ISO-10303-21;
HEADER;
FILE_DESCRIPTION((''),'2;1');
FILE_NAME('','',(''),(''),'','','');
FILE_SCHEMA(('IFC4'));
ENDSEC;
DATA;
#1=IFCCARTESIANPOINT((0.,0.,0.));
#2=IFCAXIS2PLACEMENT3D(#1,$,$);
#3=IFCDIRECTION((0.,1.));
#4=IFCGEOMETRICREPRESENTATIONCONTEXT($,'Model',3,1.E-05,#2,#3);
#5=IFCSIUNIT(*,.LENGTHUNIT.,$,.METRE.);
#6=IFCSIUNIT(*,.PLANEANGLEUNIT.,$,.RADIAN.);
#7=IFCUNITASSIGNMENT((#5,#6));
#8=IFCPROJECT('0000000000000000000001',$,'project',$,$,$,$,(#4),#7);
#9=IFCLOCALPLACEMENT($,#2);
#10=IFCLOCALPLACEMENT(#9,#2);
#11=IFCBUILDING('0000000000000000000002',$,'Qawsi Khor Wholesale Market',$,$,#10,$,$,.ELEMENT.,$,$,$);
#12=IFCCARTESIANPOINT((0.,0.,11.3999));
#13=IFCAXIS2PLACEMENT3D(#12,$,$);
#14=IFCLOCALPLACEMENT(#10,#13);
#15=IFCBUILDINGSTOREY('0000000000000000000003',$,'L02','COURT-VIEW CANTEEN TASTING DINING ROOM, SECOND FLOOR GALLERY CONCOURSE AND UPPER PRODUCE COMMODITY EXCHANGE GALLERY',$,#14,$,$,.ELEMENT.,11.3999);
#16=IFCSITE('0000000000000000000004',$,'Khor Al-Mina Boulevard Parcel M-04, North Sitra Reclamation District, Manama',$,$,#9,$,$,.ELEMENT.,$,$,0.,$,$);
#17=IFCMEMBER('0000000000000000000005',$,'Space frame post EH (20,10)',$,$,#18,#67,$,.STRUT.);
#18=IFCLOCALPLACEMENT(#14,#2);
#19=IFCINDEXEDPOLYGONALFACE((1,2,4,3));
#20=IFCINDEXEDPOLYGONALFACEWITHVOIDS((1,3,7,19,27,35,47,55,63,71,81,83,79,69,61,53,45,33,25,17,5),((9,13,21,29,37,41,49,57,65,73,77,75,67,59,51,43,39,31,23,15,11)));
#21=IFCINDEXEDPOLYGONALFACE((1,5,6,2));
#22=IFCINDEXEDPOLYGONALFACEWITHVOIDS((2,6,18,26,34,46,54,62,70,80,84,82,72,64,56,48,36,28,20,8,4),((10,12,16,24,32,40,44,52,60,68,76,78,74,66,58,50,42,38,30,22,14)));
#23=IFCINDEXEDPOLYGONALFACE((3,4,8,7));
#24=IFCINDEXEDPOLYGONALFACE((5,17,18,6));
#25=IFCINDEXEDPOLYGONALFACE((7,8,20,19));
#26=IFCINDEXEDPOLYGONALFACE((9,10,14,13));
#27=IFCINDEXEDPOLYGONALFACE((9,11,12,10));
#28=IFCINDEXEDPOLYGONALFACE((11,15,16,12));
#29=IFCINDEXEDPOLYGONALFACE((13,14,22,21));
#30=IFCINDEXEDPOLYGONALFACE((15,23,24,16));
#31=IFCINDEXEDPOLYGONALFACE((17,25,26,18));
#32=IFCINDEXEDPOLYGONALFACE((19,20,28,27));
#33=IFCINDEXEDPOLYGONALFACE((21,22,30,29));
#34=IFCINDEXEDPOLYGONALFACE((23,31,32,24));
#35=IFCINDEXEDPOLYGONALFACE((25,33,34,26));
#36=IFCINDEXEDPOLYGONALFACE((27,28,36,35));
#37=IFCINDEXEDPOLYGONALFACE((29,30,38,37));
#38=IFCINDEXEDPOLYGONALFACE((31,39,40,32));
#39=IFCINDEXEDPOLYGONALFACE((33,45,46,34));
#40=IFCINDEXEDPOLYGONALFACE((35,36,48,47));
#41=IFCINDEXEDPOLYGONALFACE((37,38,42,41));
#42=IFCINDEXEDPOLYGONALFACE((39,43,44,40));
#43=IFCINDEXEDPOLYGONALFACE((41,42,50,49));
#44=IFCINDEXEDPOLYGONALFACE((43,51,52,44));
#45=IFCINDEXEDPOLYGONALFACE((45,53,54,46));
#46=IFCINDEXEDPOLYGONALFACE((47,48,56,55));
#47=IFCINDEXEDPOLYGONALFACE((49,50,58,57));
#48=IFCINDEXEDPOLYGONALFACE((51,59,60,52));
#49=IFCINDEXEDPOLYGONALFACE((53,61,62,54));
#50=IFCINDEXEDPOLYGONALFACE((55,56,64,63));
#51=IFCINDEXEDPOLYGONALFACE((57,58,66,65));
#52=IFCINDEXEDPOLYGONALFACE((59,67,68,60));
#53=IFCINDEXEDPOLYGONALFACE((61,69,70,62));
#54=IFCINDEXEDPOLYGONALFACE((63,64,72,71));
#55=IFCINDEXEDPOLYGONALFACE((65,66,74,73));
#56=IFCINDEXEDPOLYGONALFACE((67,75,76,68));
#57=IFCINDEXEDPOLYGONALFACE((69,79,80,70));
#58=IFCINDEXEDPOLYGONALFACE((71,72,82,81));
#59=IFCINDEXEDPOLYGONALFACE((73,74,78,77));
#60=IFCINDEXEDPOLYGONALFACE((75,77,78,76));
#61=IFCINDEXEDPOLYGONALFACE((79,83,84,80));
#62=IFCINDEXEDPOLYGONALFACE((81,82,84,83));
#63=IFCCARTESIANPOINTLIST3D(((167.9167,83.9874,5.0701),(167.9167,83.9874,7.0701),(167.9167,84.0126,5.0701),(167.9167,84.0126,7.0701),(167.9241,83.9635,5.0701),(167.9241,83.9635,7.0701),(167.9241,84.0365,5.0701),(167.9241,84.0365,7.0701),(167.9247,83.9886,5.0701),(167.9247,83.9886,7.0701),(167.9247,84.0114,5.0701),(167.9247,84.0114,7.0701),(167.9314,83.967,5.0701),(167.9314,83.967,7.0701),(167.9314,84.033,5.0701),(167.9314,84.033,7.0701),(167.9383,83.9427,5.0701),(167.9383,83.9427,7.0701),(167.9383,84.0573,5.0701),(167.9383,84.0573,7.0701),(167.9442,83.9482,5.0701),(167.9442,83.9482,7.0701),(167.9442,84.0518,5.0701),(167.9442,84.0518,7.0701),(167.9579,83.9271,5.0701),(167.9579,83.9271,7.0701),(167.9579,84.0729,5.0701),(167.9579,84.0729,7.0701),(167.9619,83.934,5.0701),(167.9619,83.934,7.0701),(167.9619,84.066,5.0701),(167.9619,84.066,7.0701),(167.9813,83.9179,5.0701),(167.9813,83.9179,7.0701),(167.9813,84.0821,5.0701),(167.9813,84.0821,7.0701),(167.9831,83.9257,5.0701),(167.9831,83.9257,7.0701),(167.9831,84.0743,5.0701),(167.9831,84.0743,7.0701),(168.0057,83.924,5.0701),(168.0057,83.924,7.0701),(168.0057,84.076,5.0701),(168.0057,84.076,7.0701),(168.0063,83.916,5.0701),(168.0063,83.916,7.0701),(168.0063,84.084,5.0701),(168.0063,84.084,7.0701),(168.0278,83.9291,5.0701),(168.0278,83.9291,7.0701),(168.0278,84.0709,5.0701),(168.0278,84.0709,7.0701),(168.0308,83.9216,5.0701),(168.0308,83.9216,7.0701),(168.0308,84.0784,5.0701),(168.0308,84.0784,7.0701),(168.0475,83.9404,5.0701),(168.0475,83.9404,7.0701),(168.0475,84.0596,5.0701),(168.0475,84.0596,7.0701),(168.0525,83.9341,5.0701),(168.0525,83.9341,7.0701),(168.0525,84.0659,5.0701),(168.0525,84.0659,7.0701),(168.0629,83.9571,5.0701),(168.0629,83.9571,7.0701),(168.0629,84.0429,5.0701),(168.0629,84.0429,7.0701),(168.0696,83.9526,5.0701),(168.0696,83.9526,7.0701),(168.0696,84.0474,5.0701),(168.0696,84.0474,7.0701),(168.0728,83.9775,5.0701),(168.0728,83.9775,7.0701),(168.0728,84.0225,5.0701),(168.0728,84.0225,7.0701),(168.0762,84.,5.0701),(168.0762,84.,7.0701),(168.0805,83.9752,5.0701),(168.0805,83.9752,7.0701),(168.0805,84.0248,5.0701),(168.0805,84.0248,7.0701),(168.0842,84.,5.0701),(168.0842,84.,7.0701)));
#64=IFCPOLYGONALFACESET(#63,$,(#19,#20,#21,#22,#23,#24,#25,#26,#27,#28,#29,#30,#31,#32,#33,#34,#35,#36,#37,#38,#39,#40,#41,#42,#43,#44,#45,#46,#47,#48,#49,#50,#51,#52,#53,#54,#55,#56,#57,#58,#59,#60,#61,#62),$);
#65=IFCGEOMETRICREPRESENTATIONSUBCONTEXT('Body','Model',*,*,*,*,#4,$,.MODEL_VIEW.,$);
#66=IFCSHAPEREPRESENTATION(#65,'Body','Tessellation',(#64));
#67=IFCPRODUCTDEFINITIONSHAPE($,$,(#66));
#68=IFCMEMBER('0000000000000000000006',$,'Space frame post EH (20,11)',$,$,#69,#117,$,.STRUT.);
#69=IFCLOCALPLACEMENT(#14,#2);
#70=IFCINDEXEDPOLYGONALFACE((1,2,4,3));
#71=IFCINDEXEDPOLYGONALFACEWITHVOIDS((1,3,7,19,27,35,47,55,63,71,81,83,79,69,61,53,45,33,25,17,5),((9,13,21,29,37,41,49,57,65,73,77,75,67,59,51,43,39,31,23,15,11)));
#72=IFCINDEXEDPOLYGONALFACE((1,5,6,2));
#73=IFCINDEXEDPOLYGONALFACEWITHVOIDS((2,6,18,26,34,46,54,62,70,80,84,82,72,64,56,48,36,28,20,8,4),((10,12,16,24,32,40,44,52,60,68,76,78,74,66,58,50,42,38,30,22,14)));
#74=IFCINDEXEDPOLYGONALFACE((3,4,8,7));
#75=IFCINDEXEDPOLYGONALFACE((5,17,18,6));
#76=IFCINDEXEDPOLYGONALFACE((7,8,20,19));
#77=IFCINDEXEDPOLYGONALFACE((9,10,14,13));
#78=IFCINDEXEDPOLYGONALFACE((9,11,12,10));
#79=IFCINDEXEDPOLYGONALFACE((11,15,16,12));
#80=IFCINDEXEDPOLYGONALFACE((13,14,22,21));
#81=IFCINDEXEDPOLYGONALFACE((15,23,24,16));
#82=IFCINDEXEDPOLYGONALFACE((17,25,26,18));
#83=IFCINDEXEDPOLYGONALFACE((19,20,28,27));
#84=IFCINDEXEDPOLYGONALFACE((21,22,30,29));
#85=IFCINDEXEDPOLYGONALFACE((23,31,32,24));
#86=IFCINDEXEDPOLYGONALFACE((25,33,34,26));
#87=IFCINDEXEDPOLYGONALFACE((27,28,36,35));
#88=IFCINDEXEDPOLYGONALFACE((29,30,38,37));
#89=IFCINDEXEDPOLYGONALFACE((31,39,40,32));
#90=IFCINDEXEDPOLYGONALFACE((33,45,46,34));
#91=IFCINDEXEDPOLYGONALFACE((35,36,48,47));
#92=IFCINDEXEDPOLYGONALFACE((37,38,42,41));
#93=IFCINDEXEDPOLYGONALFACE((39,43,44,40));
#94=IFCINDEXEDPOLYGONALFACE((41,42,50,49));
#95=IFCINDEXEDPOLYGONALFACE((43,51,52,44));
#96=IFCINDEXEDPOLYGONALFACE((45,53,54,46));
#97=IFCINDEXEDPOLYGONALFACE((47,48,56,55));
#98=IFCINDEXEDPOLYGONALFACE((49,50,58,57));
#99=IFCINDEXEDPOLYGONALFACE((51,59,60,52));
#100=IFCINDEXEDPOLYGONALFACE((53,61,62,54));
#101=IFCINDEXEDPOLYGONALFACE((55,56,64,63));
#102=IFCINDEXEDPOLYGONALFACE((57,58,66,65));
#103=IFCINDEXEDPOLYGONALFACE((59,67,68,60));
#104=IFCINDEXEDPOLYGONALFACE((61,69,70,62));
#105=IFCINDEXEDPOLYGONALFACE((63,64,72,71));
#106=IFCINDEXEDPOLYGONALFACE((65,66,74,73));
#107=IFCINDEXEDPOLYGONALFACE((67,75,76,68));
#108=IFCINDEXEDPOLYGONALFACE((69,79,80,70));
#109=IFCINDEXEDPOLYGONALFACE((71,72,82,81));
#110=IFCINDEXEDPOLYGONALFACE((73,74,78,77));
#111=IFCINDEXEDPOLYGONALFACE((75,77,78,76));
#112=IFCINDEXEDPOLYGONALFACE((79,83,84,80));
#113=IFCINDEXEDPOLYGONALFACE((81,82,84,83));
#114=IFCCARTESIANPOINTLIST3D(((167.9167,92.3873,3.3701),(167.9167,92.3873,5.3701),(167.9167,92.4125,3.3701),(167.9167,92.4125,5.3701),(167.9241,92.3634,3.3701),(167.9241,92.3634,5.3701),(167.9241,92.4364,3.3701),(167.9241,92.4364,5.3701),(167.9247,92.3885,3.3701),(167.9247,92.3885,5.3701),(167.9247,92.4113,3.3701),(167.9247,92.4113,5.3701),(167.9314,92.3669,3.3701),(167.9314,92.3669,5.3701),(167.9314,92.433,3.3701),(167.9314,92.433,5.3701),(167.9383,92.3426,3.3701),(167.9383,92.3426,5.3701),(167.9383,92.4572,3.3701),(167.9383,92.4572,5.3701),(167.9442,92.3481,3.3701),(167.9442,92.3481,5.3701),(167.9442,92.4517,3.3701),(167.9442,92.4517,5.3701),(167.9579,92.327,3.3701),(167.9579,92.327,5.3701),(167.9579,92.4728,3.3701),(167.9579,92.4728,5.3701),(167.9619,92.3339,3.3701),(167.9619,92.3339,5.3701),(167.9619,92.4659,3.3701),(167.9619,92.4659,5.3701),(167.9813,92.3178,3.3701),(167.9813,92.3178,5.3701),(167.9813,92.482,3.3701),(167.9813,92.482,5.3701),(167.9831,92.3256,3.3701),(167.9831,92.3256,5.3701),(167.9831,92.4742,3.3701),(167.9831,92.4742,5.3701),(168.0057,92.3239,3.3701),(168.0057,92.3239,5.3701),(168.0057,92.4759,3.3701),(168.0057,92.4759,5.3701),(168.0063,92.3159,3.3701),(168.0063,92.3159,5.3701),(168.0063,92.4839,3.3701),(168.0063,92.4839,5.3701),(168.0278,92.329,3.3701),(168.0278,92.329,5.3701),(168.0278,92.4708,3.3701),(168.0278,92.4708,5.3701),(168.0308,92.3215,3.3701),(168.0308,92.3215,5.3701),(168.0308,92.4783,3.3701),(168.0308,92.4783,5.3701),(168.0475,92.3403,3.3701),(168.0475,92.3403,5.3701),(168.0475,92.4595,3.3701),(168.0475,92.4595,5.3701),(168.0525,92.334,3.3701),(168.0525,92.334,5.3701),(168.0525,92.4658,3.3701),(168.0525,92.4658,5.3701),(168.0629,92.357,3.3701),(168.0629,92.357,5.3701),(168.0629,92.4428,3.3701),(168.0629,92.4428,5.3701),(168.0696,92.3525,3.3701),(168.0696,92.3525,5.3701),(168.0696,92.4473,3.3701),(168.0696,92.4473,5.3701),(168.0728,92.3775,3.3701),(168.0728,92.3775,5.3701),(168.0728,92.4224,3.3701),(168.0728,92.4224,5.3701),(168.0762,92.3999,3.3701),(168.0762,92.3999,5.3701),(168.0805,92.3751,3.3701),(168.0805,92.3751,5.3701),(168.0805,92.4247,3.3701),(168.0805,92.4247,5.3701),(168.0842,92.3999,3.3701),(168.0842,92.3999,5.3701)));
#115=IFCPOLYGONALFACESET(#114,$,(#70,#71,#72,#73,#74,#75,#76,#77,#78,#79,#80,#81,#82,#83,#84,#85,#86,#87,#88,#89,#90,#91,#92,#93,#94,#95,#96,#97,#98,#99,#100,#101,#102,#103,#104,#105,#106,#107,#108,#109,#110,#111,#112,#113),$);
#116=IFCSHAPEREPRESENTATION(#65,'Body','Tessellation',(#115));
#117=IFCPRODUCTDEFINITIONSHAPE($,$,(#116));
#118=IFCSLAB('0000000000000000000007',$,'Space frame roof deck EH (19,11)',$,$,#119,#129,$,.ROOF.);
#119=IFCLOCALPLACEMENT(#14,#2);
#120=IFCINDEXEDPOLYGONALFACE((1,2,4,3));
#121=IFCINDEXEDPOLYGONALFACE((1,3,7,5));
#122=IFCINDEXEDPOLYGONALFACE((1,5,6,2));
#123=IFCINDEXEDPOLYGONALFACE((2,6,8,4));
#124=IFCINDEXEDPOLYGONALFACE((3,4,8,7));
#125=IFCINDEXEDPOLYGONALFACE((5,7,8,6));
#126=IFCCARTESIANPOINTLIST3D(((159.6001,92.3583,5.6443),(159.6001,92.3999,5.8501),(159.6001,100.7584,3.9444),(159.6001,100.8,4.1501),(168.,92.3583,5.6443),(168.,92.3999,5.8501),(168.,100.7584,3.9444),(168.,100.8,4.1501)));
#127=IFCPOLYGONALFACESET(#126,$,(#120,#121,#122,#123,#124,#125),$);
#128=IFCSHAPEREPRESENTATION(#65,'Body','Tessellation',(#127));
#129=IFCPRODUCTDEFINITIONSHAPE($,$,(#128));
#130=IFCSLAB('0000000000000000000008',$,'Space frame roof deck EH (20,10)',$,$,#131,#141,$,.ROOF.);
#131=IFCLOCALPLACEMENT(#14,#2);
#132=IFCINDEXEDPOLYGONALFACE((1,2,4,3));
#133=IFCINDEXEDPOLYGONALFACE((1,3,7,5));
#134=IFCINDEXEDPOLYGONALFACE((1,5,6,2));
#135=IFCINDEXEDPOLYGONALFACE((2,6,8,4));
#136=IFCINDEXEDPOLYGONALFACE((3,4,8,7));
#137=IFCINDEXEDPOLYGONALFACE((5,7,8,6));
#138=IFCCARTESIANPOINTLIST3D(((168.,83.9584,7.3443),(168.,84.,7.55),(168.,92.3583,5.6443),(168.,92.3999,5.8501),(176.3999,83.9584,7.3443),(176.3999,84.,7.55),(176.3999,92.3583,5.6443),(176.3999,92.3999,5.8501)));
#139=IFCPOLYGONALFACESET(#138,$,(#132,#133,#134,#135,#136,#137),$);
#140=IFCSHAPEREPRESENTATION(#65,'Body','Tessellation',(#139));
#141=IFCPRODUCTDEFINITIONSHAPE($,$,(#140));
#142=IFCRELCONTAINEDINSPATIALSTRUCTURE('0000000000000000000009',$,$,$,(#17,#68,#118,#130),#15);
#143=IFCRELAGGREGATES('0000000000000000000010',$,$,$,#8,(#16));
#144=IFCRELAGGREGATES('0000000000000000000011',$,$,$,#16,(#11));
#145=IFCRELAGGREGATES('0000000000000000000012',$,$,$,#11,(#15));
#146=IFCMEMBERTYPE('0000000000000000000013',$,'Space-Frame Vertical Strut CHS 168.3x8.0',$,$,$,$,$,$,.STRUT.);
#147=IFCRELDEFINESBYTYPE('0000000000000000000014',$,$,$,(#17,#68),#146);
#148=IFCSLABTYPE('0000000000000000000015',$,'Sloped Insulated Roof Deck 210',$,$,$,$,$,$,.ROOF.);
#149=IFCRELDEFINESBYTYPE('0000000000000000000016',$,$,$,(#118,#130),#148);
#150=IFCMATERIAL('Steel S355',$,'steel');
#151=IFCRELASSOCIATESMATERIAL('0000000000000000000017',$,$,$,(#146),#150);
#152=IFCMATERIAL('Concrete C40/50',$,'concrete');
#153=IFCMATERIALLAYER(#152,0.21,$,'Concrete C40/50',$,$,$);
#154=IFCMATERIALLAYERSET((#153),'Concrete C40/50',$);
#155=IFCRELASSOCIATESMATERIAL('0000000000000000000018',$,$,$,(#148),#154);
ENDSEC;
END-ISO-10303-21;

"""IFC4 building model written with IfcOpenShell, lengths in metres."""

from ifc_helpers import new_model, si_unit, direction, frame, origin, origin_2d, place, context, subcontext, project, spatial, polyline, hollow_circle, outline, extrude, material, layer, layer_set, material_profile, profile_set, type_object, element, save


model = new_model("IFC4")

# Units and contexts
model_context = context("Model", 3, precision=1e-05, world=origin(), true_north=direction((0.0, 1.0)))
body_context = subcontext(model_context, "Body", "Model", "MODEL_VIEW")
ifc_project = project(units=[si_unit("LENGTHUNIT", "METRE"), si_unit("PLANEANGLEUNIT", "RADIAN")], contexts=[model_context])

# Site, building, storey
site_placement = place(None, origin())
site = spatial("IfcSite", under=ifc_project, at=site_placement, Name="Khor Al-Mina Boulevard Parcel M-04, North Sitra Reclamation District, Manama", CompositionType="ELEMENT", RefElevation=0.0)
building_placement = place(site_placement, origin())
building = spatial("IfcBuilding", under=site, at=building_placement, Name="Qawsi Khor Wholesale Market", CompositionType="ELEMENT")
storey_placement = place(building_placement, frame((0.0, 0.0, 11.3999)))
storey = spatial("IfcBuildingStorey", under=building, at=storey_placement, Name="L02", Description="COURT-VIEW CANTEEN TASTING DINING ROOM, SECOND FLOOR GALLERY CONCOURSE AND UPPER PRODUCE COMMODITY EXCHANGE GALLERY", CompositionType="ELEMENT", Elevation=11.3999)

# Members
ifc_material_1 = material(Name="Steel S355", Category="steel")
ifc_material_profile_1 = material_profile(ifc_material_1, hollow_circle(Radius=0.0842, WallThickness=0.0081, at=origin_2d()), Name="CHS 168.3x8.0")
ifc_profile_set_1 = profile_set([ifc_material_profile_1], Name="Steel S355")
member_type_1 = type_object("IfcMemberType", Name="Space-Frame Vertical Strut CHS 168.3x8.0", PredefinedType="STRUT", material=ifc_profile_set_1)
for number, where, z_axis, x_axis, name in (
    (1, (168.0, 84.0, 5.0701), (0.0, 0.0, 1.0), (1.0, 0.0, 0.0), "Space frame post EH (20,10)"),
    (2, (168.0, 92.3999, 3.3701), (0.0, 0.0, 1.0), (1.0, 0.0, 0.0), "Space frame post EH (20,11)"),
):
    element("IfcMember", number, at=place(storey_placement, frame(where, z_axis=z_axis, x_axis=x_axis)), inside=storey, type_object=member_type_1, Name=name, PredefinedType="STRUT", context=body_context, shape_type="SweptSolid", body=[
        extrude(hollow_circle(Radius=0.0842, WallThickness=0.0081, at=origin_2d()), origin(), (0.0, 0.0, 1.0), 2.0),
    ])

# Slabs
ifc_material_2 = material(Name="Concrete C40/50", Category="concrete")
ifc_layer = layer(ifc_material_2, 0.21, Name="Concrete C40/50")
ifc_layer_set = layer_set([ifc_layer], Name="Concrete C40/50")
slab_type = type_object("IfcSlabType", Name="Sloped Insulated Roof Deck 210", PredefinedType="ROOF", material=ifc_layer_set)
slab_1_placement = place(storey_placement, frame((159.6001, 92.3999, 5.8501), z_axis=(0.0, 0.198351, 0.980131), x_axis=(1.0, 0.0, 0.0)))
element("IfcSlab", 3, at=slab_1_placement, inside=storey, type_object=slab_type, Name="Space frame roof deck EH (19,11)", PredefinedType="ROOF", context=body_context, shape_type="SweptSolid", body=[
    extrude(outline(polyline([(0.0, 0.0), (8.3999, 0.0), (8.3999, 8.5704), (0.0, 8.5704), (0.0, 0.0)])), origin(), (0.0, 0.0, -1.0), 0.21),
])
slab_2_placement = place(storey_placement, frame((168.0, 84.0, 7.55), z_axis=(0.0, 0.198356, 0.98013), x_axis=(1.0, 0.0, 0.0)))
element("IfcSlab", 4, at=slab_2_placement, inside=storey, type_object=slab_type, Name="Space frame roof deck EH (20,10)", PredefinedType="ROOF", context=body_context, shape_type="SweptSolid", body=[
    extrude(outline(polyline([(0.0, 0.0), (8.3999, 0.0), (8.3999, 8.5702), (0.0, 8.5702), (0.0, 0.0)])), origin(), (0.0, 0.0, -1.0), 0.21),
])

save(model, "model.ifc")
